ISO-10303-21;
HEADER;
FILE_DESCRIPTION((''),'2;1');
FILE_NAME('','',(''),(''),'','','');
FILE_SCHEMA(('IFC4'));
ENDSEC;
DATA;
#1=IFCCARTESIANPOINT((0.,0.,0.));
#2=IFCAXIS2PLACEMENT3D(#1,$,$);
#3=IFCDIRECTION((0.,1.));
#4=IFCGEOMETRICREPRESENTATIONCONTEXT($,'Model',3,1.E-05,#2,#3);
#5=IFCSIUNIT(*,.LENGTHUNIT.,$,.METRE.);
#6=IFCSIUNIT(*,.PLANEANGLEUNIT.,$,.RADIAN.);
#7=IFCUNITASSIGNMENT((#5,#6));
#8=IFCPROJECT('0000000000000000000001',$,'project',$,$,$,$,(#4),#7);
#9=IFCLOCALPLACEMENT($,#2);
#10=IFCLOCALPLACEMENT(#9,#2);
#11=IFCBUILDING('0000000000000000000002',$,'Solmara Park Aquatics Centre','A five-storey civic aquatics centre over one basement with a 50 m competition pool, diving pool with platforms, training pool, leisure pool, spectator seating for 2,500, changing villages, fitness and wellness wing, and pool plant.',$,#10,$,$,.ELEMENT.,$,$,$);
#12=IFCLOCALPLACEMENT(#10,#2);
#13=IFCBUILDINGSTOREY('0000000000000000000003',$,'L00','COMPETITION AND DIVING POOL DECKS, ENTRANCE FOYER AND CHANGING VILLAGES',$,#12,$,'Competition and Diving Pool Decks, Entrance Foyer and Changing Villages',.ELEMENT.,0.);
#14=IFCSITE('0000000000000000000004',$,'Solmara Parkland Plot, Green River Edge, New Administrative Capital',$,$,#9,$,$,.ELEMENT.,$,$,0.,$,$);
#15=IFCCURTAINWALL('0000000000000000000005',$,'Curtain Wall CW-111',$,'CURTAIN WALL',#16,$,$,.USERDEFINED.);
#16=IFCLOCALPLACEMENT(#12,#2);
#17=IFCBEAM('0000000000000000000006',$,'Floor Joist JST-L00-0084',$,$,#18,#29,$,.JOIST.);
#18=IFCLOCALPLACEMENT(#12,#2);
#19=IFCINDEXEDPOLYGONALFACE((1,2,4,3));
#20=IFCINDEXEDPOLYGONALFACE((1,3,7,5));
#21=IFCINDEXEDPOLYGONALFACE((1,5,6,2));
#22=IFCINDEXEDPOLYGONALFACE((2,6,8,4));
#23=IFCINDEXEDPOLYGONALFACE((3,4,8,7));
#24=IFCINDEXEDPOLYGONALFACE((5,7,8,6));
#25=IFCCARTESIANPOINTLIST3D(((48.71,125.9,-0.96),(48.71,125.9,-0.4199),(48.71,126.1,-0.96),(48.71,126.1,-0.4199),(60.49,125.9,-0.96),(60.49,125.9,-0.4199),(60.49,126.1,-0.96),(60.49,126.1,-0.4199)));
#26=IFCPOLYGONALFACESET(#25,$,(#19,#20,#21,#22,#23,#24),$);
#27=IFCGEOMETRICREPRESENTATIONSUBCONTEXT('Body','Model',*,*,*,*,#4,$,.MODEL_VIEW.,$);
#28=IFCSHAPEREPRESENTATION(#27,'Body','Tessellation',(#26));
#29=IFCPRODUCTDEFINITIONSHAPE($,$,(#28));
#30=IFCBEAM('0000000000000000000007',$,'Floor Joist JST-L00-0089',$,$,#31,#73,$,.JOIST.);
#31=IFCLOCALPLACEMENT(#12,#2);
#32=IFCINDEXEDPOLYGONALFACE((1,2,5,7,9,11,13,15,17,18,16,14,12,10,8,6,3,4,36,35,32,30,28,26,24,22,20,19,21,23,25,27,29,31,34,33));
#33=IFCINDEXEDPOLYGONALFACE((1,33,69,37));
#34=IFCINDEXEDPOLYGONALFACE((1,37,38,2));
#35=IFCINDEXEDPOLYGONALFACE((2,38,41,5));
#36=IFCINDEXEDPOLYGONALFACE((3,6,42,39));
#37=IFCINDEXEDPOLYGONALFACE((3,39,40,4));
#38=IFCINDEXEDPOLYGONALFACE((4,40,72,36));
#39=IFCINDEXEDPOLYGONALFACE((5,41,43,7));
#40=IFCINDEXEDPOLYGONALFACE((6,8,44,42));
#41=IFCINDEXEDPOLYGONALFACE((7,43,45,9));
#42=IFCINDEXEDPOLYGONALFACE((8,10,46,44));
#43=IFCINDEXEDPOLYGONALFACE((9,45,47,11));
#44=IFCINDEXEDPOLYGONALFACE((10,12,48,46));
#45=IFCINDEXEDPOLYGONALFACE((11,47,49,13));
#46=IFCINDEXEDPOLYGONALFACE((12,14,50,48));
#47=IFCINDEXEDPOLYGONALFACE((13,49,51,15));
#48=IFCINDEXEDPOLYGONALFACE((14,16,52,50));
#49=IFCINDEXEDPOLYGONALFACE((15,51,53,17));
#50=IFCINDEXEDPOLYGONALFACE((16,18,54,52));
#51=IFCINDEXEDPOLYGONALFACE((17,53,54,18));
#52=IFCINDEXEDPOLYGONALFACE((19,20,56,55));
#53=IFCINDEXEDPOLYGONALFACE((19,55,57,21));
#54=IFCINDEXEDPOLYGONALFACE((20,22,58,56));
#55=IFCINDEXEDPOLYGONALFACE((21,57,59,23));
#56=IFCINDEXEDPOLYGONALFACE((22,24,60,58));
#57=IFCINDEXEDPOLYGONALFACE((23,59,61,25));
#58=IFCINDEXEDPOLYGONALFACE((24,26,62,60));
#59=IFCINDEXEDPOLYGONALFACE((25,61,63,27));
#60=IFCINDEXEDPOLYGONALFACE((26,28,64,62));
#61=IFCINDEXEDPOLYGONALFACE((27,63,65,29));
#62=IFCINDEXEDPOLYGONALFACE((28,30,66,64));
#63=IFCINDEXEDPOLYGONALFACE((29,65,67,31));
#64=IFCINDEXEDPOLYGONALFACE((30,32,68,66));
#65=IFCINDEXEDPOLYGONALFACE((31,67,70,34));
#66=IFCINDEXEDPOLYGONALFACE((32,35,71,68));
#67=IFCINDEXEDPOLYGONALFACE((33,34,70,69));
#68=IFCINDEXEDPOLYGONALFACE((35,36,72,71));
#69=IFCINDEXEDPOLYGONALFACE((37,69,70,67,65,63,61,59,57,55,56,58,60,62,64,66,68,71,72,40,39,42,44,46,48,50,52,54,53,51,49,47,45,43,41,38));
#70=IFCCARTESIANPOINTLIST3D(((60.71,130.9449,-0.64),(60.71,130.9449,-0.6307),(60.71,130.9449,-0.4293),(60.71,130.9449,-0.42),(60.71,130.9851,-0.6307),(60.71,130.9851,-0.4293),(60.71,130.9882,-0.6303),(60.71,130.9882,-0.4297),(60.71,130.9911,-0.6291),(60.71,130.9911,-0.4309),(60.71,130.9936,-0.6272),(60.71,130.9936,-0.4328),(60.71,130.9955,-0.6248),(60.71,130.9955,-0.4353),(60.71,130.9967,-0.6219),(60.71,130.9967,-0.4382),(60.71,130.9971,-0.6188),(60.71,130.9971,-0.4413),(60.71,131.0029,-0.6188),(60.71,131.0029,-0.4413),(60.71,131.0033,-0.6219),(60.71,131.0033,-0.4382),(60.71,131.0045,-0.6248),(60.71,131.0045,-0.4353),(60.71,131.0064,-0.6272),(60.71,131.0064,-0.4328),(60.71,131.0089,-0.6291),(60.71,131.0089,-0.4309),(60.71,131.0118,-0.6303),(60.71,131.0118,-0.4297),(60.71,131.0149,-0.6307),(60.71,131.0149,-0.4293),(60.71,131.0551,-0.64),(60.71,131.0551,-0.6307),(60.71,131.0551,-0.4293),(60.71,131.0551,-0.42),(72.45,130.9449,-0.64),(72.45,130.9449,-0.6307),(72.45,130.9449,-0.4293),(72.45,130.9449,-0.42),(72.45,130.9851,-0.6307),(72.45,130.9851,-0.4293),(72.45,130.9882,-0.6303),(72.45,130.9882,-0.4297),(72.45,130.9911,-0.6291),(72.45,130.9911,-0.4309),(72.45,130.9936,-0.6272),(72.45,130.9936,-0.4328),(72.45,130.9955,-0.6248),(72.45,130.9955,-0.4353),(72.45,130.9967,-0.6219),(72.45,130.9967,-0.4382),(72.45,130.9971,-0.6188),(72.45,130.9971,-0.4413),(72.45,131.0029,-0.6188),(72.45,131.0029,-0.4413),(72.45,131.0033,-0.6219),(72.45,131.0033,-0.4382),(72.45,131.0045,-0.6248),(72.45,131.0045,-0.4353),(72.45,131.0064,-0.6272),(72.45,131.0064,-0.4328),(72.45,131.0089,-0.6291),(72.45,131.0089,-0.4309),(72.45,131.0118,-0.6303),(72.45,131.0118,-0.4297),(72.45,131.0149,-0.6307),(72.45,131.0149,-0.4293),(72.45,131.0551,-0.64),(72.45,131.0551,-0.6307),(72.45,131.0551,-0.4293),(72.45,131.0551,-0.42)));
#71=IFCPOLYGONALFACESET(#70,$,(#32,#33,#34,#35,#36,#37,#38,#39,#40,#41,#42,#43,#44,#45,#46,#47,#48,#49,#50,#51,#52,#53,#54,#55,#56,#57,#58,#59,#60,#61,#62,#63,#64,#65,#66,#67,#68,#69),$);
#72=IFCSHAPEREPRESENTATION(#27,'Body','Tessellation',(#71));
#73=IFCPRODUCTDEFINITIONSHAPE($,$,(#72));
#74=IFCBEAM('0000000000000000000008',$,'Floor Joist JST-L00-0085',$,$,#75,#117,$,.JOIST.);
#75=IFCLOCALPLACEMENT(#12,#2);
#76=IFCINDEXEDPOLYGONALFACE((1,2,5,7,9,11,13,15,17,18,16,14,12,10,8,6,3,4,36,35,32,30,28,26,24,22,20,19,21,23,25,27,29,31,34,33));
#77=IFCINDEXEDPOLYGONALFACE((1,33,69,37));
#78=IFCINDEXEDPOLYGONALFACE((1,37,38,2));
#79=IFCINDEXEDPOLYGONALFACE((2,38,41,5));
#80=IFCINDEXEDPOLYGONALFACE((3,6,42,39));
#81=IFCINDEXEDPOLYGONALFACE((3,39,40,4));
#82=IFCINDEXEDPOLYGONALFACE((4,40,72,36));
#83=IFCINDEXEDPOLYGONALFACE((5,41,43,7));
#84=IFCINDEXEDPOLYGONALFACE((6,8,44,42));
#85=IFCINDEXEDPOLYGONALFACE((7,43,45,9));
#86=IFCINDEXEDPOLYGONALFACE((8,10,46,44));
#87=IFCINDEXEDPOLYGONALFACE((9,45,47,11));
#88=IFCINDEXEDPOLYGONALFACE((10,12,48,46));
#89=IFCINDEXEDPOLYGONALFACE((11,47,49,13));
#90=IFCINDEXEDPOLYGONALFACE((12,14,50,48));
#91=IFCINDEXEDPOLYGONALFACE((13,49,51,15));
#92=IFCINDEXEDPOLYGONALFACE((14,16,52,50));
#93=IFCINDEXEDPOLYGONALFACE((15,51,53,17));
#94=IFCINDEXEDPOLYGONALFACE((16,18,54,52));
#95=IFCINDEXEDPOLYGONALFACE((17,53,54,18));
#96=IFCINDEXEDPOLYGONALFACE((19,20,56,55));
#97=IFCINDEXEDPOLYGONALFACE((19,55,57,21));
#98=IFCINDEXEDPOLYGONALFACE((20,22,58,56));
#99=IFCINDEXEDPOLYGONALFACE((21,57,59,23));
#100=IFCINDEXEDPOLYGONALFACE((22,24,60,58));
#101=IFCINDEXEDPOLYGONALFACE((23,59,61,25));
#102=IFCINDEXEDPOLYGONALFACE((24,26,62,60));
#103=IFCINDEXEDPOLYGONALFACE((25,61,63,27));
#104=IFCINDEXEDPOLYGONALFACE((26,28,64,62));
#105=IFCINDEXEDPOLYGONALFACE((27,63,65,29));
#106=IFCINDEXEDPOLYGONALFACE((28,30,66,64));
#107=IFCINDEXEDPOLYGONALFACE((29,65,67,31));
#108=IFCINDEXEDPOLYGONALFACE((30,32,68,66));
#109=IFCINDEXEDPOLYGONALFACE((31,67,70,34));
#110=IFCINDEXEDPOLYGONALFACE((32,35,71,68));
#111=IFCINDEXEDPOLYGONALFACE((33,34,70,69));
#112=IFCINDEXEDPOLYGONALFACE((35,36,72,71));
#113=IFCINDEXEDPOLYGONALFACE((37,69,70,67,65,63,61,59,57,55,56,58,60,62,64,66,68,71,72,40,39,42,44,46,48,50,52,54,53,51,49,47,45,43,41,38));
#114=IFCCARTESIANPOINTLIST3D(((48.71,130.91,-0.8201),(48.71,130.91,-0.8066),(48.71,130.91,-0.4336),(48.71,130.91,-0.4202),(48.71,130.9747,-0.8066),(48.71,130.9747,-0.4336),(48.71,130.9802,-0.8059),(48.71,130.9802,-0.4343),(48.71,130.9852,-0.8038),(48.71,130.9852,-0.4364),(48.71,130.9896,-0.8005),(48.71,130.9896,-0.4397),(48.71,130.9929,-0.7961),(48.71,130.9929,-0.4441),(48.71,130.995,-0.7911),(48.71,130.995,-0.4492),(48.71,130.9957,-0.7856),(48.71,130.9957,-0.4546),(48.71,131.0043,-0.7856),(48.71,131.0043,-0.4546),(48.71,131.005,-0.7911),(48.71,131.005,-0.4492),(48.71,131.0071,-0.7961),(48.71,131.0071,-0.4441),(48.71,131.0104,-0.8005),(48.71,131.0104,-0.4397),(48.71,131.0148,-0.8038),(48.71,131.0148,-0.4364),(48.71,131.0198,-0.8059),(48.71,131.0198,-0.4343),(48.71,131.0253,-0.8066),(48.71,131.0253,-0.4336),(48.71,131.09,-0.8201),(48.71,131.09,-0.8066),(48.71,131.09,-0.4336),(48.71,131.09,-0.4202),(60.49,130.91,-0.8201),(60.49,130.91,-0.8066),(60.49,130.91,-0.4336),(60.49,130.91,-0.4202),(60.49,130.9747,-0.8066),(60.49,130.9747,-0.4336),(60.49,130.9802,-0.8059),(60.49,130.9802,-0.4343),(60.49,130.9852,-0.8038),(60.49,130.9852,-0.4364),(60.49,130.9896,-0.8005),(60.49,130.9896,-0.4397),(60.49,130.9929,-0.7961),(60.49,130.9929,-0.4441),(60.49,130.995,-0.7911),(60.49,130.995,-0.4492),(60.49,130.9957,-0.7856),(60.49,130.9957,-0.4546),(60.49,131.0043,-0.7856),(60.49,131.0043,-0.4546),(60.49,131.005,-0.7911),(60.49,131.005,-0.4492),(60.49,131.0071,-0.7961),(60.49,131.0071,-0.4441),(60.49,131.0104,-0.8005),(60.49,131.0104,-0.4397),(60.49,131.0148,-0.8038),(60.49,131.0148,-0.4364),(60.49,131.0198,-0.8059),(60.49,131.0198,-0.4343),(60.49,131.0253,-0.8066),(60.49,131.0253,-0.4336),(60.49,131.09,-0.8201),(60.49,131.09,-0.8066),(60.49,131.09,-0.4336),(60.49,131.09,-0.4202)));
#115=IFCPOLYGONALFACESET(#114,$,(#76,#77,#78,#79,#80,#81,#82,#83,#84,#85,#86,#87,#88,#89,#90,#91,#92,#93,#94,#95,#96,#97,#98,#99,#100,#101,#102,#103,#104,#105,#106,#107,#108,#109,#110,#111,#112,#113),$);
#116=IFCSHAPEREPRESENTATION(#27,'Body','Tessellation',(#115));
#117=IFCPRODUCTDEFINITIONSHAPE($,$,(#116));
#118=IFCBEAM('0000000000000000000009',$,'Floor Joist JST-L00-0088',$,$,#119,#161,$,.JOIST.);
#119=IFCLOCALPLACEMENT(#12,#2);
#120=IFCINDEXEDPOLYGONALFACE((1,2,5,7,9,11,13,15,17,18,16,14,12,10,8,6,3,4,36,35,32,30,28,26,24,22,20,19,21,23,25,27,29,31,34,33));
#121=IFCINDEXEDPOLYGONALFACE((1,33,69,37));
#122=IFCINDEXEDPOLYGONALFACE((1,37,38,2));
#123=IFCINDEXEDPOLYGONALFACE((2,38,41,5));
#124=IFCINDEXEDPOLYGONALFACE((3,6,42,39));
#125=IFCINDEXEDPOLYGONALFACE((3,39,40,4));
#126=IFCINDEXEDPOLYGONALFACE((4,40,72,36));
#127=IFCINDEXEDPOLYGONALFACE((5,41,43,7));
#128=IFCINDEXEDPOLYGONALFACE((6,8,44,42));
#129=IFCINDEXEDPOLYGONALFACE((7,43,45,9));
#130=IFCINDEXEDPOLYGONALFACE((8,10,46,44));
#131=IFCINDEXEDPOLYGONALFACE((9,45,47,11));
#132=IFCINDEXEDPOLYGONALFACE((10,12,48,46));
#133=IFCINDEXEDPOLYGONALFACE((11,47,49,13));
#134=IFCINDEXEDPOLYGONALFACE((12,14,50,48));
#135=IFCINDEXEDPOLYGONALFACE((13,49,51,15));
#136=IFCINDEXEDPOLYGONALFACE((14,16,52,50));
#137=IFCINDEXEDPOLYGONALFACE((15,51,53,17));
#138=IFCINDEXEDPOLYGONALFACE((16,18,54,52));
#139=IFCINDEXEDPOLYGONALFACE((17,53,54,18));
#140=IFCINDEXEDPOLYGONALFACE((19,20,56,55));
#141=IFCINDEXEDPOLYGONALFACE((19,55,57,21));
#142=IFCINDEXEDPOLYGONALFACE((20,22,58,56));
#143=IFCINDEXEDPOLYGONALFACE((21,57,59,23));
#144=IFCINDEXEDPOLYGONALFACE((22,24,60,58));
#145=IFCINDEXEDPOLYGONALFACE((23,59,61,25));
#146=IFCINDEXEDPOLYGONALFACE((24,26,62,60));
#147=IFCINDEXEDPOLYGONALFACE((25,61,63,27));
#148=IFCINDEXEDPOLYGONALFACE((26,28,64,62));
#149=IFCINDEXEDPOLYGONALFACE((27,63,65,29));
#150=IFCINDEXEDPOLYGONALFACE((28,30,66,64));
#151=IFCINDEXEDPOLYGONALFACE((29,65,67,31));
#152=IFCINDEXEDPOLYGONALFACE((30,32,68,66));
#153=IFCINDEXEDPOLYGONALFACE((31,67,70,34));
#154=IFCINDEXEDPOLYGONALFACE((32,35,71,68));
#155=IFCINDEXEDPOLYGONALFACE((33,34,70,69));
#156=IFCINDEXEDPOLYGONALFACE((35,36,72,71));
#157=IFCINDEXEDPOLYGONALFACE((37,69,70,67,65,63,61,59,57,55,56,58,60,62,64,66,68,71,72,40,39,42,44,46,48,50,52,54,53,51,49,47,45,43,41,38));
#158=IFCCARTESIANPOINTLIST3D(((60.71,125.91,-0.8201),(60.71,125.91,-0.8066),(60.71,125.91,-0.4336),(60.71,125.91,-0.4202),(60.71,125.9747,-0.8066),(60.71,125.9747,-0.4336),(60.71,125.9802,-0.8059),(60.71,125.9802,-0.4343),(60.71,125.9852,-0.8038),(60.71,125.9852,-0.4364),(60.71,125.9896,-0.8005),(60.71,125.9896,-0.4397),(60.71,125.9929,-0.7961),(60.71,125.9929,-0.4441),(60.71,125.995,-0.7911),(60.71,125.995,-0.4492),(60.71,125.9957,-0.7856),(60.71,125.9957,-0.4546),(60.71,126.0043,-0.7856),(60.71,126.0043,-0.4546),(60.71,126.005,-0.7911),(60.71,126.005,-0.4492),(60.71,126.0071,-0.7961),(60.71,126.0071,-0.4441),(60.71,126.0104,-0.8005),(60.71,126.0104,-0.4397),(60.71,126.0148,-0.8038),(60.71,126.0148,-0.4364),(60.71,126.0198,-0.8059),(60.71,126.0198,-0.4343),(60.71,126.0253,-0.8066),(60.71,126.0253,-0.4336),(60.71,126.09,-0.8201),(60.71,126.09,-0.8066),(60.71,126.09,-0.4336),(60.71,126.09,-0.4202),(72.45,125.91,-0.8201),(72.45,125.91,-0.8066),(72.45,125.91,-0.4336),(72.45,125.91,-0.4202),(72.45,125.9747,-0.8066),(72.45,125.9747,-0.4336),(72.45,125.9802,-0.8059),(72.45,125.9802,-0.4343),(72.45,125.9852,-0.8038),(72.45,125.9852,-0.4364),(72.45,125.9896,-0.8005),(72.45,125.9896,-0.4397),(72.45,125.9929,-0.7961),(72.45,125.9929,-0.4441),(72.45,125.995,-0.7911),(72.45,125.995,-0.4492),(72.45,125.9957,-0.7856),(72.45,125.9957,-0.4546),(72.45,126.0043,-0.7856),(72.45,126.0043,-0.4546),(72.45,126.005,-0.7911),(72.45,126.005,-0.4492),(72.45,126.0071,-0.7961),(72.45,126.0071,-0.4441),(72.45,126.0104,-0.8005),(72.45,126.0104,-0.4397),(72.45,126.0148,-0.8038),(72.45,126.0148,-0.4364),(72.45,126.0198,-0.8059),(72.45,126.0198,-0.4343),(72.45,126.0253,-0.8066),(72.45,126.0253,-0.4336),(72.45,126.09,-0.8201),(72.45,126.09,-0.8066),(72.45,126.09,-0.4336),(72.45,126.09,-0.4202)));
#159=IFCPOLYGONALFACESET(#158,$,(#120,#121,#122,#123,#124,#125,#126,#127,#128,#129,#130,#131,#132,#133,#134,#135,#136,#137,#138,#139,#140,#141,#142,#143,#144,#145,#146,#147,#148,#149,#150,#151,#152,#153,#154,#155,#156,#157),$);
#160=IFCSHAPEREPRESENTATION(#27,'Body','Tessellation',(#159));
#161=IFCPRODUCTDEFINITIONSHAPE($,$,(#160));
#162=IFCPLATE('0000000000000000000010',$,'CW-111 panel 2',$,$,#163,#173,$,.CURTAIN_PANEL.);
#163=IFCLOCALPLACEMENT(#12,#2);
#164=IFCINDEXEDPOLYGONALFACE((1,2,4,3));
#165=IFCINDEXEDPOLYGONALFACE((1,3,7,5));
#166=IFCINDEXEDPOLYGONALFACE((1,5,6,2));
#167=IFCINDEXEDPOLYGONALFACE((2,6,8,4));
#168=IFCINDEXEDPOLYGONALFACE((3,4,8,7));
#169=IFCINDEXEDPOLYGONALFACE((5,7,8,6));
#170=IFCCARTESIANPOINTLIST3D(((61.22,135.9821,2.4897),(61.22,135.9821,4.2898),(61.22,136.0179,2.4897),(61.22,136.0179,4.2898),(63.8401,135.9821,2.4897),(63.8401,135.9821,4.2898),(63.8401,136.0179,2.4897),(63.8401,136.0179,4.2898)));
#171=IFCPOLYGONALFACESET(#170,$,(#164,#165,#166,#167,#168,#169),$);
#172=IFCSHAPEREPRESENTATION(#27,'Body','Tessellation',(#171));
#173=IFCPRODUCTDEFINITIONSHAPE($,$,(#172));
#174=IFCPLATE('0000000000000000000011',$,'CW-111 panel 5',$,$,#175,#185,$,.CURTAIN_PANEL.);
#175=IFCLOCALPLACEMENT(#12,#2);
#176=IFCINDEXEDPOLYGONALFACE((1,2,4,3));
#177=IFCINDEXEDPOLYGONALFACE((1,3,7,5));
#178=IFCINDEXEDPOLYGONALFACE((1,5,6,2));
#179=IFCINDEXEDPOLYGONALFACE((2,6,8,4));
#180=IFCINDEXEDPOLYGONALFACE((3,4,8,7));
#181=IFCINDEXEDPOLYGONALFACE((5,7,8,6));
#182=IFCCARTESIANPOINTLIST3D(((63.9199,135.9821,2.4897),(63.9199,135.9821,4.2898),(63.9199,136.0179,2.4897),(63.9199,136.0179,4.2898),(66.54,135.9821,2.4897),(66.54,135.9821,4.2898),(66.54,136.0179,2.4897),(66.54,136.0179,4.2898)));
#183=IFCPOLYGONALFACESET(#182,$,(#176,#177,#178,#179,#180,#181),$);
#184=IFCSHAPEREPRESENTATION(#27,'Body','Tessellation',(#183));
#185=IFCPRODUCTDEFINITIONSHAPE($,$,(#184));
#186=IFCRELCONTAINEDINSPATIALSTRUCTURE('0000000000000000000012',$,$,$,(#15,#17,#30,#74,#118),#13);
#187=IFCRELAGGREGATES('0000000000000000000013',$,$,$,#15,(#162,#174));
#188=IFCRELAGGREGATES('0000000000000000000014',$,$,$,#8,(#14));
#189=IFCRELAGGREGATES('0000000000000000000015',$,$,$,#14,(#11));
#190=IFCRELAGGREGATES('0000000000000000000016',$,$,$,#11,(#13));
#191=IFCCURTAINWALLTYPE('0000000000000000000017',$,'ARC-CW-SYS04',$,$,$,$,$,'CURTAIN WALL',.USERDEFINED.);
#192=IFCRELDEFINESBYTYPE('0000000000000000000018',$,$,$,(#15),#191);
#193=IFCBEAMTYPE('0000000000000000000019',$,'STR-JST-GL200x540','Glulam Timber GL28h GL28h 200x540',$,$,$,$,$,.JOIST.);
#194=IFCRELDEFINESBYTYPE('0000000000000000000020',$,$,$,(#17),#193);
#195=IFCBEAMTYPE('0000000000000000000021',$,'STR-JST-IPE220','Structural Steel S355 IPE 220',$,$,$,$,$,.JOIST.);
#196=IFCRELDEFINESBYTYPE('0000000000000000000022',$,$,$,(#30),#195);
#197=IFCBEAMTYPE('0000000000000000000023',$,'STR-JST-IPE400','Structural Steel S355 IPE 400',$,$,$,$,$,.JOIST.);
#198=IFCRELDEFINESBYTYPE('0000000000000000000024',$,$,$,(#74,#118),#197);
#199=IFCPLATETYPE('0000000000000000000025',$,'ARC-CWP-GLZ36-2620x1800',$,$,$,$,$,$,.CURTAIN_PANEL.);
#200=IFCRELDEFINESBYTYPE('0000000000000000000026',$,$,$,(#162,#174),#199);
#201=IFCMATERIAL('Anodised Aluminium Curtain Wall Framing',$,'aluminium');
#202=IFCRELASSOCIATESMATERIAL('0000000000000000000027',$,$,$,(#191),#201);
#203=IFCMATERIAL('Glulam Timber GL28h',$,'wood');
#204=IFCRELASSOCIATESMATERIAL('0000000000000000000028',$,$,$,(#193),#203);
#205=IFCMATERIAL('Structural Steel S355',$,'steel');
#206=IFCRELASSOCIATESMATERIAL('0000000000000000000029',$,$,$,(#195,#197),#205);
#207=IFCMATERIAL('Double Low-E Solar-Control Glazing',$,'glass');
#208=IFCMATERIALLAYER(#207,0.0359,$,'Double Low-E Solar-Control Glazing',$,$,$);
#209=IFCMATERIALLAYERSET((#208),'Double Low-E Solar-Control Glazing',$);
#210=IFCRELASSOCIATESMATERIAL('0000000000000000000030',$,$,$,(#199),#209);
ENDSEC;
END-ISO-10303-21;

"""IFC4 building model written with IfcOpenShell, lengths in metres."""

from ifc_helpers import new_model, si_unit, direction, frame, origin, origin_2d, place, context, subcontext, project, spatial, rectangle, i_section, extrude, material, layer, layer_set, material_profile, profile_set, type_object, element, aggregate, save


model = new_model("IFC4")

# Units and contexts
model_context = context("Model", 3, precision=1e-05, world=origin(), true_north=direction((0.0, 1.0)))
body_context = subcontext(model_context, "Body", "Model", "MODEL_VIEW")
ifc_project = project(units=[si_unit("LENGTHUNIT", "METRE"), si_unit("PLANEANGLEUNIT", "RADIAN")], contexts=[model_context])

# Site, building, storey
site_placement = place(None, origin())
site = spatial("IfcSite", under=ifc_project, at=site_placement, Name="Solmara Parkland Plot, Green River Edge, New Administrative Capital", CompositionType="ELEMENT", RefElevation=0.0)
building_placement = place(site_placement, origin())
building = spatial("IfcBuilding", under=site, at=building_placement, Name="Solmara Park Aquatics Centre", Description="A five-storey civic aquatics centre over one basement with a 50 m competition pool, diving pool with platforms, training pool, leisure pool, spectator seating for 2,500, changing villages, fitness and wellness wing, and pool plant.", CompositionType="ELEMENT")
storey_placement = place(building_placement, origin())
storey = spatial("IfcBuildingStorey", under=building, at=storey_placement, Name="L00", Description="COMPETITION AND DIVING POOL DECKS, ENTRANCE FOYER AND CHANGING VILLAGES", LongName="Competition and Diving Pool Decks, Entrance Foyer and Changing Villages", CompositionType="ELEMENT", Elevation=0.0)

# Curtain wall
ifc_material_1 = material(Name="Anodised Aluminium Curtain Wall Framing", Category="aluminium")
curtain_wall_type = type_object("IfcCurtainWallType", Name="ARC-CW-SYS04", ElementType="CURTAIN WALL", PredefinedType="USERDEFINED", material=ifc_material_1)
curtain_wall_placement = place(storey_placement, origin())
curtain_wall = element("IfcCurtainWall", 1, at=curtain_wall_placement, inside=storey, type_object=curtain_wall_type, Name="Curtain Wall CW-111", ObjectType="CURTAIN WALL", PredefinedType="USERDEFINED")

# Beams
ifc_material_2 = material(Name="Structural Steel S355", Category="steel")
ifc_material_3 = material(Name="Glulam Timber GL28h", Category="wood")
ifc_material_profile_1 = material_profile(ifc_material_3, rectangle(XDim=0.2, YDim=0.54, at=origin_2d()), Name="GL28h 200x540")
ifc_profile_set_1 = profile_set([ifc_material_profile_1], Name="Glulam Timber GL28h")
beam_type_1 = type_object("IfcBeamType", Name="STR-JST-GL200x540", Description="Glulam Timber GL28h GL28h 200x540", PredefinedType="JOIST", material=ifc_profile_set_1)
beam_1_placement = place(storey_placement, frame((48.71, 126.0, -0.6899), z_axis=(1.0, 0.0, 0.0), x_axis=(0.0, 1.0, 0.0)))
element("IfcBeam", 2, at=beam_1_placement, inside=storey, type_object=beam_type_1, Name="Floor Joist JST-L00-0084", PredefinedType="JOIST", context=body_context, shape_type="SweptSolid", body=[
    extrude(rectangle(XDim=0.2, YDim=0.54, at=origin_2d()), origin(), (0.0, 0.0, 1.0), 11.78),
])
ifc_material_profile_2 = material_profile(ifc_material_2, i_section(OverallWidth=0.1101, OverallDepth=0.22, WebThickness=0.0059, FlangeThickness=0.0093, FilletRadius=0.012, at=origin_2d()), Name="IPE 220")
ifc_profile_set_2 = profile_set([ifc_material_profile_2], Name="Structural Steel S355")
beam_type_2 = type_object("IfcBeamType", Name="STR-JST-IPE220", Description="Structural Steel S355 IPE 220", PredefinedType="JOIST", material=ifc_profile_set_2)
beam_2_placement = place(storey_placement, frame((60.71, 131.0, -0.53), z_axis=(1.0, 0.0, 0.0), x_axis=(0.0, 1.0, 0.0)))
element("IfcBeam", 3, at=beam_2_placement, inside=storey, type_object=beam_type_2, Name="Floor Joist JST-L00-0089", PredefinedType="JOIST", context=body_context, shape_type="SweptSolid", body=[
    extrude(i_section(OverallWidth=0.1101, OverallDepth=0.22, WebThickness=0.0059, FlangeThickness=0.0093, FilletRadius=0.012, at=origin_2d()), origin(), (0.0, 0.0, 1.0), 11.74),
])
ifc_material_profile_3 = material_profile(ifc_material_2, i_section(OverallWidth=0.1799, OverallDepth=0.3999, WebThickness=0.0085, FlangeThickness=0.0134, FilletRadius=0.021, at=origin_2d()), Name="IPE 400")
ifc_profile_set_3 = profile_set([ifc_material_profile_3], Name="Structural Steel S355")
beam_type_3 = type_object("IfcBeamType", Name="STR-JST-IPE400", Description="Structural Steel S355 IPE 400", PredefinedType="JOIST", material=ifc_profile_set_3)
beam_3_placement = place(storey_placement, frame((48.71, 131.0, -0.6201), z_axis=(1.0, 0.0, 0.0), x_axis=(0.0, 1.0, 0.0)))
element("IfcBeam", 4, at=beam_3_placement, inside=storey, type_object=beam_type_3, Name="Floor Joist JST-L00-0085", PredefinedType="JOIST", context=body_context, shape_type="SweptSolid", body=[
    extrude(i_section(OverallWidth=0.1799, OverallDepth=0.3999, WebThickness=0.0085, FlangeThickness=0.0134, FilletRadius=0.021, at=origin_2d()), origin(), (0.0, 0.0, 1.0), 11.78),
])
beam_4_placement = place(storey_placement, frame((60.71, 126.0, -0.6201), z_axis=(1.0, 0.0, 0.0), x_axis=(0.0, 1.0, 0.0)))
element("IfcBeam", 5, at=beam_4_placement, inside=storey, type_object=beam_type_3, Name="Floor Joist JST-L00-0088", PredefinedType="JOIST", context=body_context, shape_type="SweptSolid", body=[
    extrude(i_section(OverallWidth=0.1799, OverallDepth=0.3999, WebThickness=0.0085, FlangeThickness=0.0134, FilletRadius=0.021, at=origin_2d()), origin(), (0.0, 0.0, 1.0), 11.74),
])

# Plates
ifc_material_4 = material(Name="Double Low-E Solar-Control Glazing", Category="glass")
ifc_layer_1 = layer(ifc_material_4, 0.0359, Name="Double Low-E Solar-Control Glazing")
ifc_layer_set_1 = layer_set([ifc_layer_1], Name="Double Low-E Solar-Control Glazing")
plate_type_1 = type_object("IfcPlateType", Name="ARC-CWP-GLZ36-2620x1800", PredefinedType="CURTAIN_PANEL", material=ifc_layer_set_1)
plate_1_placement = place(storey_placement, frame((62.53, 136.0, 2.4897), z_axis=(0.0, 0.0, 1.0), x_axis=(1.0, 0.0, 0.0)))
plate_1 = element("IfcPlate", 6, at=plate_1_placement, type_object=plate_type_1, Name="CW-111 panel 2", PredefinedType="CURTAIN_PANEL", context=body_context, shape_type="SweptSolid", body=[
    extrude(rectangle(XDim=2.6201, YDim=0.0359, at=origin_2d()), origin(), (0.0, 0.0, 1.0), 1.8),
])
plate_2_placement = place(storey_placement, frame((65.23, 136.0, 2.4897), z_axis=(0.0, 0.0, 1.0), x_axis=(1.0, 0.0, 0.0)))
plate_2 = element("IfcPlate", 7, at=plate_2_placement, type_object=plate_type_1, Name="CW-111 panel 5", PredefinedType="CURTAIN_PANEL", context=body_context, shape_type="SweptSolid", body=[
    extrude(rectangle(XDim=2.6201, YDim=0.0359, at=origin_2d()), origin(), (0.0, 0.0, 1.0), 1.8),
])
aggregate(curtain_wall, [plate_1, plate_2])

save(model, "model.ifc")
